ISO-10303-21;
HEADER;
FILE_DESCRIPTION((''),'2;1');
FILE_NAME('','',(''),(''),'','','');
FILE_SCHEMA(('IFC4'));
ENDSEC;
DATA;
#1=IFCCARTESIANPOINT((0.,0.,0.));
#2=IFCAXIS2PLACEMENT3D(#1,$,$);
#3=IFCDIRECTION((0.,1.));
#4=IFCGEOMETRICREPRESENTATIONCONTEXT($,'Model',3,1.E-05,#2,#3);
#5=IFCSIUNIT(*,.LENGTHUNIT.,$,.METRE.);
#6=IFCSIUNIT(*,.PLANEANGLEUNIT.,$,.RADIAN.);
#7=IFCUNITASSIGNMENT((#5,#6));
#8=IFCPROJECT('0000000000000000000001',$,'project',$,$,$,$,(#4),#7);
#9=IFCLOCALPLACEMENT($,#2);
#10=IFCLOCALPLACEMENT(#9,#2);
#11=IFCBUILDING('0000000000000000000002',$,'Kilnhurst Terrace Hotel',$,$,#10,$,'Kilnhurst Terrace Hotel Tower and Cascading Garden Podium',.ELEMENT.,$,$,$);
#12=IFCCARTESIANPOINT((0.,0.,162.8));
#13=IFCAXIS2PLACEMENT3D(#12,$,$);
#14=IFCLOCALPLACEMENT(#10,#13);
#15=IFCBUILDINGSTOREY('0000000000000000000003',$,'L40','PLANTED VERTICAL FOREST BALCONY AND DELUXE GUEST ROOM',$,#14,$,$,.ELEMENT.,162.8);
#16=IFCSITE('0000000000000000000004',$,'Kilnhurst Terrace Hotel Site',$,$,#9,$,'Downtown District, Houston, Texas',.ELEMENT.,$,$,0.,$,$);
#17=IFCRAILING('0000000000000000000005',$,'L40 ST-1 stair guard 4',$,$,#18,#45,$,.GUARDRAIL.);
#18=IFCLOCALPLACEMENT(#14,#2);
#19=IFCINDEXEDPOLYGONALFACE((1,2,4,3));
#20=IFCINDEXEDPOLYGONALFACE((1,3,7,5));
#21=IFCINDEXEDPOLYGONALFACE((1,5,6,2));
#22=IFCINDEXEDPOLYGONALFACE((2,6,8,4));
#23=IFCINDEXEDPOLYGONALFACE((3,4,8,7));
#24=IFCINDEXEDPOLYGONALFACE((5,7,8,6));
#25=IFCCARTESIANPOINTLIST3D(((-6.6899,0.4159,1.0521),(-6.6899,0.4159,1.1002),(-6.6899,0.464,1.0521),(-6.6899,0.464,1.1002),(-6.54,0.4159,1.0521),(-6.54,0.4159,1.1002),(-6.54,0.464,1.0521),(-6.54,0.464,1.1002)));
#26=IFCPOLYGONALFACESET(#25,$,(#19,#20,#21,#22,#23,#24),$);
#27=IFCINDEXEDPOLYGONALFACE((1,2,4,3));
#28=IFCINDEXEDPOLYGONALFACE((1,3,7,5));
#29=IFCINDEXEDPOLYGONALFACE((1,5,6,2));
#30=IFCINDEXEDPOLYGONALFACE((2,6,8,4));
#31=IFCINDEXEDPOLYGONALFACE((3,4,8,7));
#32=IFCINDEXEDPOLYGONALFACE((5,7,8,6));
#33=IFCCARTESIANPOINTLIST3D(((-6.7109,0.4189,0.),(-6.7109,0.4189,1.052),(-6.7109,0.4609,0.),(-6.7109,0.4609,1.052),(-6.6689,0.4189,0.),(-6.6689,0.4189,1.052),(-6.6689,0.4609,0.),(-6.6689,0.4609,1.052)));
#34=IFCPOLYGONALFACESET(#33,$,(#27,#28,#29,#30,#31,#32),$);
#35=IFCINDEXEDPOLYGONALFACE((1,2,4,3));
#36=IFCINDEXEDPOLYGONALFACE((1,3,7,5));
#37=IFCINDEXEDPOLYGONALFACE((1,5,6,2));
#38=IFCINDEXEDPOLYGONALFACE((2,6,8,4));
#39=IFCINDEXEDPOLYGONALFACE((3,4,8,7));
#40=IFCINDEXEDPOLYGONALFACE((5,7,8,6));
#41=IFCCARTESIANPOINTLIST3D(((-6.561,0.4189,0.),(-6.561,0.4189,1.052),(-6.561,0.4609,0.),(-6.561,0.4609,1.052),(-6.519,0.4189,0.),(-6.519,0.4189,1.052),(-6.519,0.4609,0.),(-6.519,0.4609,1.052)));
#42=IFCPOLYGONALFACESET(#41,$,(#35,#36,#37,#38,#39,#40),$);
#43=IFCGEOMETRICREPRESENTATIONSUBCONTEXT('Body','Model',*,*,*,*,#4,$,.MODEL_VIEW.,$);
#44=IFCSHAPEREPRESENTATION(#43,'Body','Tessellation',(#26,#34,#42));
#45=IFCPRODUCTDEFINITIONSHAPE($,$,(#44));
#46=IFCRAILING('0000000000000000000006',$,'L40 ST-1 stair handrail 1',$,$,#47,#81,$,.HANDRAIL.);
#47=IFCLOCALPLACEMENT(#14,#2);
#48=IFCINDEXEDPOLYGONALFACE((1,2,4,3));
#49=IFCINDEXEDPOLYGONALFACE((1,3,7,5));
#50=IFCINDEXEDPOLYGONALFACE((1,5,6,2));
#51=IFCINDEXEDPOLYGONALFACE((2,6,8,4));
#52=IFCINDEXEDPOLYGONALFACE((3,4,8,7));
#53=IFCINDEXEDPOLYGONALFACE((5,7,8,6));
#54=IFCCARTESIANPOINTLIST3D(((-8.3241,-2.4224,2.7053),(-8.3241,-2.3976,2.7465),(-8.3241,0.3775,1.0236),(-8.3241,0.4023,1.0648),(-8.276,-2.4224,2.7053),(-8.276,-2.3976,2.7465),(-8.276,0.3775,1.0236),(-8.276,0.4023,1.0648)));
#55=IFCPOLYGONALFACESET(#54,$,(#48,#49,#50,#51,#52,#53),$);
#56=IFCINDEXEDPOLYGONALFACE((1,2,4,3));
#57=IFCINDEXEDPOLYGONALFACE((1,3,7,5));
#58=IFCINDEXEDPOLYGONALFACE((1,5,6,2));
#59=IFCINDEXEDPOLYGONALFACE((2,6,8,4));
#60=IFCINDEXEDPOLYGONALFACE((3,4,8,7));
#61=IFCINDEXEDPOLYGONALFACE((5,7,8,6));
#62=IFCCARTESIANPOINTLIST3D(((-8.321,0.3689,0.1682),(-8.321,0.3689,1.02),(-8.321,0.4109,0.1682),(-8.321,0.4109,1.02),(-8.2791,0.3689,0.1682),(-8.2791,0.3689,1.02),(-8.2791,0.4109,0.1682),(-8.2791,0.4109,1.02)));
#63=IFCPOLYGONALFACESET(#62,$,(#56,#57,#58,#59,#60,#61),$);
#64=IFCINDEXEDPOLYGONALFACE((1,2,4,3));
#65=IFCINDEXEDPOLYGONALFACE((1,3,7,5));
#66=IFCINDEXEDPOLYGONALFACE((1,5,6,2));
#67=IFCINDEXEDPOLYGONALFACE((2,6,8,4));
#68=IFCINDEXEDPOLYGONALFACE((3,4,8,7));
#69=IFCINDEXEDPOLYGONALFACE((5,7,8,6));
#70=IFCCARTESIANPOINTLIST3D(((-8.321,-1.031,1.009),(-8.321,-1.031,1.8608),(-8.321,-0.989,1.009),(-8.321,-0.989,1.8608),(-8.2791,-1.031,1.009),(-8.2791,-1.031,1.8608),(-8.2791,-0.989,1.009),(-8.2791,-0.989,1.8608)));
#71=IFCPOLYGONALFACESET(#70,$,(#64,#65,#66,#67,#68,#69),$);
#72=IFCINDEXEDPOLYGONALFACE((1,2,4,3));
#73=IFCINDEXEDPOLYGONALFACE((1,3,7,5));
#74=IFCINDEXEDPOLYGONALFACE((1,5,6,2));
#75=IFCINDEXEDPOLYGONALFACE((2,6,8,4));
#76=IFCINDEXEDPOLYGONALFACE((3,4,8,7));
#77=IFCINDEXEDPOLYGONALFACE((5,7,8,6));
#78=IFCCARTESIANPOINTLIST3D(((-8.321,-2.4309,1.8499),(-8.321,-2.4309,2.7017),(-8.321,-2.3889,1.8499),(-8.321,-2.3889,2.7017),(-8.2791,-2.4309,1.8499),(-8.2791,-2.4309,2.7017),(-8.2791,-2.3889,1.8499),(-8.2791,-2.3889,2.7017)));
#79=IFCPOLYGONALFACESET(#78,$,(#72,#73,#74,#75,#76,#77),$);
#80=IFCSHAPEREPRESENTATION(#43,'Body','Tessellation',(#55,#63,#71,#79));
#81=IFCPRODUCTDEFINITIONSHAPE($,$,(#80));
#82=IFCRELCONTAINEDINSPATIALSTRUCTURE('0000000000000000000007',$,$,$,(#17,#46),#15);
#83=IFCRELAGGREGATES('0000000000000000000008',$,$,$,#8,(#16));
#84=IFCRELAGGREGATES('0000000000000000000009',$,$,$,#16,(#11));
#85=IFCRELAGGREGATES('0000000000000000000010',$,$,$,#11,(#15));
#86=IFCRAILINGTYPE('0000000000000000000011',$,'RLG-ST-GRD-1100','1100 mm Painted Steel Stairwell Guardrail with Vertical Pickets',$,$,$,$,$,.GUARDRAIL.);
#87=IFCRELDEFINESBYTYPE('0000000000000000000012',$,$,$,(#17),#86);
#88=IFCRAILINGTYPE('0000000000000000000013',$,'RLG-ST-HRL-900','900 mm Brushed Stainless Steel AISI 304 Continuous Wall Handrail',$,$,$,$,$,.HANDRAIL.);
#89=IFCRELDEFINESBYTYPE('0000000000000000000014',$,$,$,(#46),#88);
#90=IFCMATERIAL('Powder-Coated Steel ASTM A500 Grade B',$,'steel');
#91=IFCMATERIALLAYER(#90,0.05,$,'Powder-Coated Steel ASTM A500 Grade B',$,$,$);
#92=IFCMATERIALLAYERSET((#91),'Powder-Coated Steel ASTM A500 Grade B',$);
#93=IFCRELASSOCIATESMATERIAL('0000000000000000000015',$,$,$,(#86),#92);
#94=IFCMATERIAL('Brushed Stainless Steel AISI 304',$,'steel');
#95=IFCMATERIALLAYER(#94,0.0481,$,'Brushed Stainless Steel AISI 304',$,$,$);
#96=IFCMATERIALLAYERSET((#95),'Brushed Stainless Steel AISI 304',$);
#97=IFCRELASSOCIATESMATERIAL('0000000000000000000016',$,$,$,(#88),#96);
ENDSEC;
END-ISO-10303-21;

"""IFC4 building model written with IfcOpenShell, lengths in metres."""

from ifc_helpers import new_model, si_unit, direction, frame, origin, origin_2d, place, context, subcontext, project, spatial, rectangle, extrude, material, layer, layer_set, type_object, element, save


model = new_model("IFC4")

# Units and contexts
model_context = context("Model", 3, precision=1e-05, world=origin(), true_north=direction((0.0, 1.0)))
body_context = subcontext(model_context, "Body", "Model", "MODEL_VIEW")
ifc_project = project(units=[si_unit("LENGTHUNIT", "METRE"), si_unit("PLANEANGLEUNIT", "RADIAN")], contexts=[model_context])

# Site, building, storey
site_placement = place(None, origin())
site = spatial("IfcSite", under=ifc_project, at=site_placement, Name="Kilnhurst Terrace Hotel Site", LongName="Downtown District, Houston, Texas", CompositionType="ELEMENT", RefElevation=0.0)
building_placement = place(site_placement, origin())
building = spatial("IfcBuilding", under=site, at=building_placement, Name="Kilnhurst Terrace Hotel", LongName="Kilnhurst Terrace Hotel Tower and Cascading Garden Podium", CompositionType="ELEMENT")
storey_placement = place(building_placement, frame((0.0, 0.0, 162.8)))
storey = spatial("IfcBuildingStorey", under=building, at=storey_placement, Name="L40", Description="PLANTED VERTICAL FOREST BALCONY AND DELUXE GUEST ROOM", CompositionType="ELEMENT", Elevation=162.8)

# Railings
ifc_material_1 = material(Name="Powder-Coated Steel ASTM A500 Grade B", Category="steel")
ifc_layer_1 = layer(ifc_material_1, 0.05, Name="Powder-Coated Steel ASTM A500 Grade B")
ifc_layer_set_1 = layer_set([ifc_layer_1], Name="Powder-Coated Steel ASTM A500 Grade B")
railing_type_1 = type_object("IfcRailingType", Name="RLG-ST-GRD-1100", Description="1100 mm Painted Steel Stairwell Guardrail with Vertical Pickets", PredefinedType="GUARDRAIL", material=ifc_layer_set_1)
railing_1_placement = place(storey_placement, frame((-6.6899, 0.4399, 0.0)))
element("IfcRailing", 1, at=railing_1_placement, inside=storey, type_object=railing_type_1, Name="L40 ST-1 stair guard 4", PredefinedType="GUARDRAIL", context=body_context, shape_type="SweptSolid", body=[
    extrude(rectangle(XDim=0.0481, YDim=0.0481, at=origin_2d()), frame((0.0, 0.0, 1.0762), z_axis=(1.0, 0.0, 0.0), x_axis=(0.0, 1.0, 0.0)), (0.0, 0.0, 1.0), 0.1499),
    extrude(rectangle(XDim=0.042, YDim=0.042, at=origin_2d()), origin(), (0.0, 0.0, 1.0), 1.052),
    extrude(rectangle(XDim=0.042, YDim=0.042, at=origin_2d()), frame((0.1499, 0.0, 0.0)), (0.0, 0.0, 1.0), 1.052),
])
ifc_material_2 = material(Name="Brushed Stainless Steel AISI 304", Category="steel")
ifc_layer_2 = layer(ifc_material_2, 0.0481, Name="Brushed Stainless Steel AISI 304")
ifc_layer_set_2 = layer_set([ifc_layer_2], Name="Brushed Stainless Steel AISI 304")
railing_type_2 = type_object("IfcRailingType", Name="RLG-ST-HRL-900", Description="900 mm Brushed Stainless Steel AISI 304 Continuous Wall Handrail", PredefinedType="HANDRAIL", material=ifc_layer_set_2)
railing_2_placement = place(storey_placement, frame((-8.3, 0.3899, 0.1682)))
element("IfcRailing", 2, at=railing_2_placement, inside=storey, type_object=railing_type_2, Name="L40 ST-1 stair handrail 1", PredefinedType="HANDRAIL", context=body_context, shape_type="SweptSolid", body=[
    extrude(rectangle(XDim=0.0481, YDim=0.0481, at=origin_2d()), frame((0.0, 0.0, 0.876), z_axis=(0.0, -0.857255, 0.514891), x_axis=(1.0, 0.0, 0.0)), (0.0, 0.0, 1.0), 3.2661),
    extrude(rectangle(XDim=0.042, YDim=0.042, at=origin_2d()), origin(), (0.0, 0.0, 1.0), 0.8518),
    extrude(rectangle(XDim=0.042, YDim=0.042, at=origin_2d()), frame((0.0, -1.3999, 0.8408)), (0.0, 0.0, 1.0), 0.8518),
    extrude(rectangle(XDim=0.042, YDim=0.042, at=origin_2d()), frame((0.0, -2.7998, 1.6816)), (0.0, 0.0, 1.0), 0.8518),
])

save(model, "model.ifc")
